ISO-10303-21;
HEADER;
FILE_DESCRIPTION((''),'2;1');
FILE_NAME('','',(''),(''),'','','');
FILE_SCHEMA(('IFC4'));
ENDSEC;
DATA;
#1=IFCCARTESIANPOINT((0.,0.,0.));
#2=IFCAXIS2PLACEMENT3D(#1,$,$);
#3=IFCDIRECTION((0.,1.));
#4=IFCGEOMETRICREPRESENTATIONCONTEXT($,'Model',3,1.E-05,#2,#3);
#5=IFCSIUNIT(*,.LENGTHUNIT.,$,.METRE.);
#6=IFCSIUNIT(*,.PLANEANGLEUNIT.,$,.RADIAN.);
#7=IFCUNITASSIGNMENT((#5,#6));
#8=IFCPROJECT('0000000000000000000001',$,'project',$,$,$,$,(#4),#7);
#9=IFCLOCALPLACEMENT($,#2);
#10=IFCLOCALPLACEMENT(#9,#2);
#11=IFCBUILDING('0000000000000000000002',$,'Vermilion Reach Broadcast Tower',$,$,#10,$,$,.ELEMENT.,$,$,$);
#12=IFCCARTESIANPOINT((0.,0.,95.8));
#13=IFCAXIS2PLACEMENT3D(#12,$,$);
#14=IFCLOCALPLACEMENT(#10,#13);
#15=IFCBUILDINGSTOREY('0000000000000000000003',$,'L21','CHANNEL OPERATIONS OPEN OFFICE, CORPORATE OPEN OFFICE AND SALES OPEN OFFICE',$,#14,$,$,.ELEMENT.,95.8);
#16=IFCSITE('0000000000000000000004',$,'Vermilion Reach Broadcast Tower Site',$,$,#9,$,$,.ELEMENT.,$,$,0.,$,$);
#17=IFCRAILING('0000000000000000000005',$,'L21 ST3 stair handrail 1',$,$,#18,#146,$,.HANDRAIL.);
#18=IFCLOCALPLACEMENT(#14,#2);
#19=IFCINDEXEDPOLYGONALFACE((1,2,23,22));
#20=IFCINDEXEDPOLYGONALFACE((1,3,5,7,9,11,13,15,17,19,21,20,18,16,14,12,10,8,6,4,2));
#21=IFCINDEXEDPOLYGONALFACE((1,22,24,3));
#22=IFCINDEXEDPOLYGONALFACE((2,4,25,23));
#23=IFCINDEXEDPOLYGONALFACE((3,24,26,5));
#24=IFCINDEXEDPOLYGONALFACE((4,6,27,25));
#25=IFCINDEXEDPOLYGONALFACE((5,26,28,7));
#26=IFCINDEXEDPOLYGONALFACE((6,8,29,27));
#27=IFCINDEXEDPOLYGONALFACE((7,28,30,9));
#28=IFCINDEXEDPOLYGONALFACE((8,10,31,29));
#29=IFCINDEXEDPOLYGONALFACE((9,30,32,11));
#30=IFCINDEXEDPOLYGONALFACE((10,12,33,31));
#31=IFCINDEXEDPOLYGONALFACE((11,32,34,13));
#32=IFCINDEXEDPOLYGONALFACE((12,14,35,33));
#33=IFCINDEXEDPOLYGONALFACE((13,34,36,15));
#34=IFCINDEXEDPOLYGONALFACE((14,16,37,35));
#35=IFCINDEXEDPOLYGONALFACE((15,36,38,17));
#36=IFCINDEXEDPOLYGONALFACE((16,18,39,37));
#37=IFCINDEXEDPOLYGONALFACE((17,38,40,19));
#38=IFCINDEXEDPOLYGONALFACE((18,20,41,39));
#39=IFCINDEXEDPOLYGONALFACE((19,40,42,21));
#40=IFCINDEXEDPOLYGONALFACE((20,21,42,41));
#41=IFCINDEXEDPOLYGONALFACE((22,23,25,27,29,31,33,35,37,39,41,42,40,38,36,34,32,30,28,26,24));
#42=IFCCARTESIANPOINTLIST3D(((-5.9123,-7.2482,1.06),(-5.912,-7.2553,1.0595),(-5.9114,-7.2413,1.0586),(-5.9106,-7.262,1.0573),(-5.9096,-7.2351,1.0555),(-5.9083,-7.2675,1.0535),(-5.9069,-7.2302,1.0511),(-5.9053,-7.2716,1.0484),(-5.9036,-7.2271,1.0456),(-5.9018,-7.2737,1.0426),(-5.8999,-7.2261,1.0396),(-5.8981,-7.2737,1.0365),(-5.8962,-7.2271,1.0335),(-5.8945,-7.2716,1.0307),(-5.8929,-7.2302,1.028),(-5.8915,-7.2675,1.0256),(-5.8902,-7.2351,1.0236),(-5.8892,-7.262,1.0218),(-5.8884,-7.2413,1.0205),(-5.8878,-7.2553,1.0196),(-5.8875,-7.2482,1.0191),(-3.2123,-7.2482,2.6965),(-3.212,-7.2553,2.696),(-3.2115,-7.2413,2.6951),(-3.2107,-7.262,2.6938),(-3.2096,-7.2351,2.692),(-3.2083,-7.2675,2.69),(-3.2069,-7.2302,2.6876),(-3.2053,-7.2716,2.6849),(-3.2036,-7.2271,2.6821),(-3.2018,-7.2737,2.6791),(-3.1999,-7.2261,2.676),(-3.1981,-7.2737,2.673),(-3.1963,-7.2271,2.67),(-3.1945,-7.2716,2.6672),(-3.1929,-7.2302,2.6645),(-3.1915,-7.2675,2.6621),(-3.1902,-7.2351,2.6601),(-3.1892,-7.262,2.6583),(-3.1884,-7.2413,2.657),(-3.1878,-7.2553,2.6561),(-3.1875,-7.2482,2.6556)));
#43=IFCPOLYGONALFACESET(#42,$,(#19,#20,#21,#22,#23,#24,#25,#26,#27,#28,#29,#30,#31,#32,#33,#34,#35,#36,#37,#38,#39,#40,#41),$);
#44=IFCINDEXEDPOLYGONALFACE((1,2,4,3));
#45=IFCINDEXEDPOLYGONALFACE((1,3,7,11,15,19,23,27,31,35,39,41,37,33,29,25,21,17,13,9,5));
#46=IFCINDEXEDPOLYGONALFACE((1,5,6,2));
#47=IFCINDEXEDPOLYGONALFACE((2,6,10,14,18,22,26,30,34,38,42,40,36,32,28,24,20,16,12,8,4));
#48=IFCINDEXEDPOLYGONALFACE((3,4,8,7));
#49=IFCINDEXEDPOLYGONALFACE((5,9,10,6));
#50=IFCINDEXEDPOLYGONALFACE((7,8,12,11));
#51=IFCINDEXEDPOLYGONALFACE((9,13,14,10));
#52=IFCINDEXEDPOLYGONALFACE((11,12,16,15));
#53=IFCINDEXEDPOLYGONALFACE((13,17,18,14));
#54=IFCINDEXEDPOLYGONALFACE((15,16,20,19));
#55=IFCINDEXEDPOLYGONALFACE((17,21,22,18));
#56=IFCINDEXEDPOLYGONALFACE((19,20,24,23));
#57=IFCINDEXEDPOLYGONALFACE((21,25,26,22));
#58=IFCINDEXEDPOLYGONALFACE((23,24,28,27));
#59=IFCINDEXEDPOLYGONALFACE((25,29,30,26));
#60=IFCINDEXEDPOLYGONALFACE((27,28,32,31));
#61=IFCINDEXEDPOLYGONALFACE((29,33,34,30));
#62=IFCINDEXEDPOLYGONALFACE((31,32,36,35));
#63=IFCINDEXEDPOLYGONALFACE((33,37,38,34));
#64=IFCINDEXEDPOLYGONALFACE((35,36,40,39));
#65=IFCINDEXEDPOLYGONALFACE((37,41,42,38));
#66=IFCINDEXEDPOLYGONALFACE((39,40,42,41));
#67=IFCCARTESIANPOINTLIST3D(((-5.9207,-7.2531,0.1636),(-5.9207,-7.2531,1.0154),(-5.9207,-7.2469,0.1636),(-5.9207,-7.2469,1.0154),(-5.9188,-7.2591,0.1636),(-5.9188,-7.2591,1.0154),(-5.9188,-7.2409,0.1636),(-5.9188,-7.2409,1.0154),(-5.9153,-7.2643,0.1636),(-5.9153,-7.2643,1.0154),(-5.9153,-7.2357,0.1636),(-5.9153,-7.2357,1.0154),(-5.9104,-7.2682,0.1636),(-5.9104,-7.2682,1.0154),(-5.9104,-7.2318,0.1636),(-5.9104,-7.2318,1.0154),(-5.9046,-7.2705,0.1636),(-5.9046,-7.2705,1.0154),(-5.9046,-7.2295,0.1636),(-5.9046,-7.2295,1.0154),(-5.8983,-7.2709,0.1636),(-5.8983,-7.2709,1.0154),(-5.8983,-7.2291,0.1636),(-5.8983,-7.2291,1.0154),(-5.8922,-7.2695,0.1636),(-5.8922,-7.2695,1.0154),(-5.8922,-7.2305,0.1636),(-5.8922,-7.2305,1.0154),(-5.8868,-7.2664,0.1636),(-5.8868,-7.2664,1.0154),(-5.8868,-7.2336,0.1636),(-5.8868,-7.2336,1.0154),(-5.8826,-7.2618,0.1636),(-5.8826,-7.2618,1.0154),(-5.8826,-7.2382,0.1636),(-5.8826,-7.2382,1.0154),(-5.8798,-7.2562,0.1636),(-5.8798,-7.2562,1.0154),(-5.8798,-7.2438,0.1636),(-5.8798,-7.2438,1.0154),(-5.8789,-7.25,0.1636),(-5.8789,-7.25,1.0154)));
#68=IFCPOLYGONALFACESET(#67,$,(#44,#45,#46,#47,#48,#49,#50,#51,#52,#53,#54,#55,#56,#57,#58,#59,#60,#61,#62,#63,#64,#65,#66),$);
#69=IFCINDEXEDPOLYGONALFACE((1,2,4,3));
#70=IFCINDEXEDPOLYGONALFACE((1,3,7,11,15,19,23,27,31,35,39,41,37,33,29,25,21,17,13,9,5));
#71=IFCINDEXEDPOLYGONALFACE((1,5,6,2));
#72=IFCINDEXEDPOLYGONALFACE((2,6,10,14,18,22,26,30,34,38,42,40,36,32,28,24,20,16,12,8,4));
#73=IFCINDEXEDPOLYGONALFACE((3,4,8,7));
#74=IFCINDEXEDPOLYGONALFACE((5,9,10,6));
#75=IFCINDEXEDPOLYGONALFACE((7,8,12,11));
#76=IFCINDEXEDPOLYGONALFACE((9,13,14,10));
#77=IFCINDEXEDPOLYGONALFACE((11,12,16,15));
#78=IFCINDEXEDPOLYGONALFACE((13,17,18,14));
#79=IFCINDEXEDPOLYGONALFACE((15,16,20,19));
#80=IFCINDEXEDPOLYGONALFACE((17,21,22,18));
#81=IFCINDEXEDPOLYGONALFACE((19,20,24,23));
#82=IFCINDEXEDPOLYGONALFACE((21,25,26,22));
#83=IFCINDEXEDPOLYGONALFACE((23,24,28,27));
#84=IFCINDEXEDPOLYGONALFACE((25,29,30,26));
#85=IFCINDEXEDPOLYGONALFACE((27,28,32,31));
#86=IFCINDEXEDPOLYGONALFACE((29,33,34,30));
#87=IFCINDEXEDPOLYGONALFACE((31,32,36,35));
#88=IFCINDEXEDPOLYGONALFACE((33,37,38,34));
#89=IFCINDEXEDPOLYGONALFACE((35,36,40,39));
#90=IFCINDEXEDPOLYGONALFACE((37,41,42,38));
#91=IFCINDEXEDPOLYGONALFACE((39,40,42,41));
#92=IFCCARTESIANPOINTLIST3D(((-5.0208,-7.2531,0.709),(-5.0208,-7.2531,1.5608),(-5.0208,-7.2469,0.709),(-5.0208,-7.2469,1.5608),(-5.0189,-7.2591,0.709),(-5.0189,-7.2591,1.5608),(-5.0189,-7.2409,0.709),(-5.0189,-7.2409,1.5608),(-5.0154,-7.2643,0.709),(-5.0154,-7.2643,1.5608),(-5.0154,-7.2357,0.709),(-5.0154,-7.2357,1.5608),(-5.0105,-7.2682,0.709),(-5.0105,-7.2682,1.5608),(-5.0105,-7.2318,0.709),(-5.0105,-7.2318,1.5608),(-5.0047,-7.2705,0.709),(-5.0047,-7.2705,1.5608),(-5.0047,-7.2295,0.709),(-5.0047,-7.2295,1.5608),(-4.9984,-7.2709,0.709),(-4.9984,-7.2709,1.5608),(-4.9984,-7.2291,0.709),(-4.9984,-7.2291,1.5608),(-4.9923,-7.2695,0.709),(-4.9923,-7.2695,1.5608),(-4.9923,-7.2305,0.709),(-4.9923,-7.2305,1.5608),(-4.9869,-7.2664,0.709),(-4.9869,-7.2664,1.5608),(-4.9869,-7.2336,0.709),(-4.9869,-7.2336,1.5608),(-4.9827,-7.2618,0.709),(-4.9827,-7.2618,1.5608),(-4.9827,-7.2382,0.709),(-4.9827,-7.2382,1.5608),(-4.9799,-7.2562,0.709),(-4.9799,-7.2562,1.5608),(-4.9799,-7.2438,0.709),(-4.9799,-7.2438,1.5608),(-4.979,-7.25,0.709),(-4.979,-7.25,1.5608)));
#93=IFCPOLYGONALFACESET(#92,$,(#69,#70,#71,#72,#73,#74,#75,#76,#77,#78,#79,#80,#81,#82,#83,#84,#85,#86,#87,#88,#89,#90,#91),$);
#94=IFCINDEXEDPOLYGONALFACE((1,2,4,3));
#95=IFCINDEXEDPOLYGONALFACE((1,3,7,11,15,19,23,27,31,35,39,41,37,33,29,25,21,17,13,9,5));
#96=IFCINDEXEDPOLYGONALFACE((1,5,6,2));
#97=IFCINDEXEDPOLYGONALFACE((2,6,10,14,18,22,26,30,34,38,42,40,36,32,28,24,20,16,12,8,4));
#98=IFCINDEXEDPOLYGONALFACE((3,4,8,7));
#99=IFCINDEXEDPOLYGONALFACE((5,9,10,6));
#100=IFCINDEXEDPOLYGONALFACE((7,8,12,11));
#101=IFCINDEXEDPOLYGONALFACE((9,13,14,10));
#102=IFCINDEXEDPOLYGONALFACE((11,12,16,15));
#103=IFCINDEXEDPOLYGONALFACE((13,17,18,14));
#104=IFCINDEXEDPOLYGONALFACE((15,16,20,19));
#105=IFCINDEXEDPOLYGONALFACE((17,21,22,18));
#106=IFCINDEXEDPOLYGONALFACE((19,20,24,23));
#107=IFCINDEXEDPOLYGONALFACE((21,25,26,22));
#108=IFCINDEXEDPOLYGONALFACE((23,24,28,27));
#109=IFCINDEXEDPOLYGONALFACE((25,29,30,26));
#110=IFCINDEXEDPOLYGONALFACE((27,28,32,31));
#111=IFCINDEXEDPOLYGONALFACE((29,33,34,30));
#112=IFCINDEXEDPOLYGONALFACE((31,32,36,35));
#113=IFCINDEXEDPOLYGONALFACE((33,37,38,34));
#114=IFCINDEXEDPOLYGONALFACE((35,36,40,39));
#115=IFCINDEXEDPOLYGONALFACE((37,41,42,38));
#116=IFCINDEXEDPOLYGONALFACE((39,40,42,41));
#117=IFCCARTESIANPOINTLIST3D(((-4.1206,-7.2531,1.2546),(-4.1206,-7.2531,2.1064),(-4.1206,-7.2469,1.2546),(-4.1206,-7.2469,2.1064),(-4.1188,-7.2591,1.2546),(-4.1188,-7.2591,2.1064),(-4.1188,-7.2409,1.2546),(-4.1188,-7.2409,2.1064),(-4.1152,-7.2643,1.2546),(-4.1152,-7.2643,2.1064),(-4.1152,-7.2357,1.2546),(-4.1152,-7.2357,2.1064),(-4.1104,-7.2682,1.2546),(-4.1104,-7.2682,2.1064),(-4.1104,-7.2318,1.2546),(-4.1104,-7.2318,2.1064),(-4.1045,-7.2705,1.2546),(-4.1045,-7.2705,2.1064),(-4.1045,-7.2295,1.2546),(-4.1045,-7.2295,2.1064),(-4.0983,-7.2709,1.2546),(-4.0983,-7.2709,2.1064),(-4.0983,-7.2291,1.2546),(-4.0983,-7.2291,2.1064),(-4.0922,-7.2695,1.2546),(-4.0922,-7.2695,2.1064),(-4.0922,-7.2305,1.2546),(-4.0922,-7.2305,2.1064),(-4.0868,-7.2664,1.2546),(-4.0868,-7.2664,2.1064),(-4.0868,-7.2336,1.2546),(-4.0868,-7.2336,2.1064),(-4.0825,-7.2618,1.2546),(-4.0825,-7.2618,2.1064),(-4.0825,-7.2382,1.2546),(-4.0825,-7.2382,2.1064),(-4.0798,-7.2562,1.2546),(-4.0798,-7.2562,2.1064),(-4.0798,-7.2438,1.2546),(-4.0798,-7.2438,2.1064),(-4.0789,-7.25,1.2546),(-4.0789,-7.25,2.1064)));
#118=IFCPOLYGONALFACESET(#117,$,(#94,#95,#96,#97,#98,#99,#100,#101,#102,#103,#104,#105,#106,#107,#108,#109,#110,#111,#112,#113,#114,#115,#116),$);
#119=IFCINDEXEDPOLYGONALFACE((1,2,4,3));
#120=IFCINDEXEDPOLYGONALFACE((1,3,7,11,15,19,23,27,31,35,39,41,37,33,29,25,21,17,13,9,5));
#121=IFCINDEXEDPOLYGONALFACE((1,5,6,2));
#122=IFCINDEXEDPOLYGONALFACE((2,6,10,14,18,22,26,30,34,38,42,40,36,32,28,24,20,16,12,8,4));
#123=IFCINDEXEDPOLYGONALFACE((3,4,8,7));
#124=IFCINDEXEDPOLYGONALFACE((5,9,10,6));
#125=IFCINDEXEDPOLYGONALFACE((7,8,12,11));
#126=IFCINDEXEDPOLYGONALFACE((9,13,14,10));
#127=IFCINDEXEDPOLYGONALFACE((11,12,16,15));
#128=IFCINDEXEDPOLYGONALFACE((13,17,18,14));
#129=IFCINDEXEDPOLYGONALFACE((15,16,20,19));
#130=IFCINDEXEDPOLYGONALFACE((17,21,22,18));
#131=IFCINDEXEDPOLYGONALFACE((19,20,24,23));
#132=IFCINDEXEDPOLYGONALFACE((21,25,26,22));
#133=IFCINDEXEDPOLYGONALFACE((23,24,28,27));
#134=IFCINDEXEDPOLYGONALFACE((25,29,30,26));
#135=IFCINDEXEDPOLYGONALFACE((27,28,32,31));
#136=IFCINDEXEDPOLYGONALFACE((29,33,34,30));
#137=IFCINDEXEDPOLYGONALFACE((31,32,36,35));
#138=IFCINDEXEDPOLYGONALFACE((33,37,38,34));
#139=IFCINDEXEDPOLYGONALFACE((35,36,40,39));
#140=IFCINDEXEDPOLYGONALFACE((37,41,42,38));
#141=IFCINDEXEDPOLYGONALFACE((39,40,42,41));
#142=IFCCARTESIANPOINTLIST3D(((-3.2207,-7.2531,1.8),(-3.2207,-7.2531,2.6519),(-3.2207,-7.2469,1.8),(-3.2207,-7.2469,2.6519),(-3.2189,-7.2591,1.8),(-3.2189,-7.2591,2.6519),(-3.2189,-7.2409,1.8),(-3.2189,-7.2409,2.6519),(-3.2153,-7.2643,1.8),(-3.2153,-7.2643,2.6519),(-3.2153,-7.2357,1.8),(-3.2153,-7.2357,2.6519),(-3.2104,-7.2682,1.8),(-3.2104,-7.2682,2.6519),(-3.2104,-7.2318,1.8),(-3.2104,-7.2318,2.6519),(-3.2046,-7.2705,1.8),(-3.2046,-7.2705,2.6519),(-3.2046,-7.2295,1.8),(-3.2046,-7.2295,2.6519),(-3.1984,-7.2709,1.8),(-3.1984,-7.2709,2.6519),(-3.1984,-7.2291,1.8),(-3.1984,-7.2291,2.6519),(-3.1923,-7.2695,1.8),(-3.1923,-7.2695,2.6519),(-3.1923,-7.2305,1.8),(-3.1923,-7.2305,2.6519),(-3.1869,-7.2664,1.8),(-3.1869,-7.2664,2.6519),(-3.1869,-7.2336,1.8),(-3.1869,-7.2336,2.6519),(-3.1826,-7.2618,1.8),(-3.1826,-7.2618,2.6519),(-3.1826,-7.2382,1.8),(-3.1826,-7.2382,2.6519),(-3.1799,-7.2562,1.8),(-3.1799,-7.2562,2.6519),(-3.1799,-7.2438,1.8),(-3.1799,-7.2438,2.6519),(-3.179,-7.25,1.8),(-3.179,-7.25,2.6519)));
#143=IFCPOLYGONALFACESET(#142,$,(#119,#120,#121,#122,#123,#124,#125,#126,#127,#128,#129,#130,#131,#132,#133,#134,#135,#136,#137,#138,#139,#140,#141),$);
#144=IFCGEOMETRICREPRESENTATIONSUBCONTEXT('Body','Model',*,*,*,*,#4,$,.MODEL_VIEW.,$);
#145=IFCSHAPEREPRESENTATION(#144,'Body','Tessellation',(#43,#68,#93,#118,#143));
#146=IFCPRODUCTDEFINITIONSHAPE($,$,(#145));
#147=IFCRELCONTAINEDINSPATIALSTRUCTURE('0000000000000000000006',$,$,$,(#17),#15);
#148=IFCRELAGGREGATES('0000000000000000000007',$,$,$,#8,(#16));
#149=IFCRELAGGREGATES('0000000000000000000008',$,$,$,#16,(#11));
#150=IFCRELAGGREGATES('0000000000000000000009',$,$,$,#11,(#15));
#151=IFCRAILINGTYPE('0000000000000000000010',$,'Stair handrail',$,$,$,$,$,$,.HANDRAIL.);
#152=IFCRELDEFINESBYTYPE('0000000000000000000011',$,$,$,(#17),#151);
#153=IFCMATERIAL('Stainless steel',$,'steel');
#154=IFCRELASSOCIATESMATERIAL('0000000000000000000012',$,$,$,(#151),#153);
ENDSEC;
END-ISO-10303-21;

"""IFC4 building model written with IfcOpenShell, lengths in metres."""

from ifc_helpers import new_model, si_unit, direction, frame, origin, origin_2d, place, context, subcontext, project, spatial, circle, extrude, material, type_object, element, save


model = new_model("IFC4")

# Units and contexts
model_context = context("Model", 3, precision=1e-05, world=origin(), true_north=direction((0.0, 1.0)))
body_context = subcontext(model_context, "Body", "Model", "MODEL_VIEW")
ifc_project = project(units=[si_unit("LENGTHUNIT", "METRE"), si_unit("PLANEANGLEUNIT", "RADIAN")], contexts=[model_context])

# Site, building, storey
site_placement = place(None, origin())
site = spatial("IfcSite", under=ifc_project, at=site_placement, Name="Vermilion Reach Broadcast Tower Site", CompositionType="ELEMENT", RefElevation=0.0)
building_placement = place(site_placement, origin())
building = spatial("IfcBuilding", under=site, at=building_placement, Name="Vermilion Reach Broadcast Tower", CompositionType="ELEMENT")
storey_placement = place(building_placement, frame((0.0, 0.0, 95.8)))
storey = spatial("IfcBuildingStorey", under=building, at=storey_placement, Name="L21", Description="CHANNEL OPERATIONS OPEN OFFICE, CORPORATE OPEN OFFICE AND SALES OPEN OFFICE", CompositionType="ELEMENT", Elevation=95.8)

# Railing
ifc_material_1 = material(Name="Stainless steel", Category="steel")
railing_type_1 = type_object("IfcRailingType", Name="Stair handrail", PredefinedType="HANDRAIL", material=ifc_material_1)
railing_1_placement = place(storey_placement, frame((-5.8999, -7.25, 0.1636)))
element("IfcRailing", 1, at=railing_1_placement, inside=storey, type_object=railing_type_1, Name="L21 ST3 stair handrail 1", PredefinedType="HANDRAIL", context=body_context, shape_type="SweptSolid", body=[
    extrude(circle(Radius=0.0239, at=origin_2d()), frame((0.0, 0.0, 0.876), z_axis=(0.855178, 0.0, 0.518334), x_axis=(0.0, 1.0, 0.0)), (0.0, 0.0, 1.0), 3.1572),
    extrude(circle(Radius=0.021, at=origin_2d()), origin(), (0.0, 0.0, 1.0), 0.8518),
    extrude(circle(Radius=0.021, at=origin_2d()), frame((0.8999, 0.0, 0.5454)), (0.0, 0.0, 1.0), 0.8518),
    extrude(circle(Radius=0.021, at=origin_2d()), frame((1.8, 0.0, 1.0911)), (0.0, 0.0, 1.0), 0.8518),
    extrude(circle(Radius=0.021, at=origin_2d()), frame((2.7, 0.0, 1.6365)), (0.0, 0.0, 1.0), 0.8518),
])

save(model, "model.ifc")
